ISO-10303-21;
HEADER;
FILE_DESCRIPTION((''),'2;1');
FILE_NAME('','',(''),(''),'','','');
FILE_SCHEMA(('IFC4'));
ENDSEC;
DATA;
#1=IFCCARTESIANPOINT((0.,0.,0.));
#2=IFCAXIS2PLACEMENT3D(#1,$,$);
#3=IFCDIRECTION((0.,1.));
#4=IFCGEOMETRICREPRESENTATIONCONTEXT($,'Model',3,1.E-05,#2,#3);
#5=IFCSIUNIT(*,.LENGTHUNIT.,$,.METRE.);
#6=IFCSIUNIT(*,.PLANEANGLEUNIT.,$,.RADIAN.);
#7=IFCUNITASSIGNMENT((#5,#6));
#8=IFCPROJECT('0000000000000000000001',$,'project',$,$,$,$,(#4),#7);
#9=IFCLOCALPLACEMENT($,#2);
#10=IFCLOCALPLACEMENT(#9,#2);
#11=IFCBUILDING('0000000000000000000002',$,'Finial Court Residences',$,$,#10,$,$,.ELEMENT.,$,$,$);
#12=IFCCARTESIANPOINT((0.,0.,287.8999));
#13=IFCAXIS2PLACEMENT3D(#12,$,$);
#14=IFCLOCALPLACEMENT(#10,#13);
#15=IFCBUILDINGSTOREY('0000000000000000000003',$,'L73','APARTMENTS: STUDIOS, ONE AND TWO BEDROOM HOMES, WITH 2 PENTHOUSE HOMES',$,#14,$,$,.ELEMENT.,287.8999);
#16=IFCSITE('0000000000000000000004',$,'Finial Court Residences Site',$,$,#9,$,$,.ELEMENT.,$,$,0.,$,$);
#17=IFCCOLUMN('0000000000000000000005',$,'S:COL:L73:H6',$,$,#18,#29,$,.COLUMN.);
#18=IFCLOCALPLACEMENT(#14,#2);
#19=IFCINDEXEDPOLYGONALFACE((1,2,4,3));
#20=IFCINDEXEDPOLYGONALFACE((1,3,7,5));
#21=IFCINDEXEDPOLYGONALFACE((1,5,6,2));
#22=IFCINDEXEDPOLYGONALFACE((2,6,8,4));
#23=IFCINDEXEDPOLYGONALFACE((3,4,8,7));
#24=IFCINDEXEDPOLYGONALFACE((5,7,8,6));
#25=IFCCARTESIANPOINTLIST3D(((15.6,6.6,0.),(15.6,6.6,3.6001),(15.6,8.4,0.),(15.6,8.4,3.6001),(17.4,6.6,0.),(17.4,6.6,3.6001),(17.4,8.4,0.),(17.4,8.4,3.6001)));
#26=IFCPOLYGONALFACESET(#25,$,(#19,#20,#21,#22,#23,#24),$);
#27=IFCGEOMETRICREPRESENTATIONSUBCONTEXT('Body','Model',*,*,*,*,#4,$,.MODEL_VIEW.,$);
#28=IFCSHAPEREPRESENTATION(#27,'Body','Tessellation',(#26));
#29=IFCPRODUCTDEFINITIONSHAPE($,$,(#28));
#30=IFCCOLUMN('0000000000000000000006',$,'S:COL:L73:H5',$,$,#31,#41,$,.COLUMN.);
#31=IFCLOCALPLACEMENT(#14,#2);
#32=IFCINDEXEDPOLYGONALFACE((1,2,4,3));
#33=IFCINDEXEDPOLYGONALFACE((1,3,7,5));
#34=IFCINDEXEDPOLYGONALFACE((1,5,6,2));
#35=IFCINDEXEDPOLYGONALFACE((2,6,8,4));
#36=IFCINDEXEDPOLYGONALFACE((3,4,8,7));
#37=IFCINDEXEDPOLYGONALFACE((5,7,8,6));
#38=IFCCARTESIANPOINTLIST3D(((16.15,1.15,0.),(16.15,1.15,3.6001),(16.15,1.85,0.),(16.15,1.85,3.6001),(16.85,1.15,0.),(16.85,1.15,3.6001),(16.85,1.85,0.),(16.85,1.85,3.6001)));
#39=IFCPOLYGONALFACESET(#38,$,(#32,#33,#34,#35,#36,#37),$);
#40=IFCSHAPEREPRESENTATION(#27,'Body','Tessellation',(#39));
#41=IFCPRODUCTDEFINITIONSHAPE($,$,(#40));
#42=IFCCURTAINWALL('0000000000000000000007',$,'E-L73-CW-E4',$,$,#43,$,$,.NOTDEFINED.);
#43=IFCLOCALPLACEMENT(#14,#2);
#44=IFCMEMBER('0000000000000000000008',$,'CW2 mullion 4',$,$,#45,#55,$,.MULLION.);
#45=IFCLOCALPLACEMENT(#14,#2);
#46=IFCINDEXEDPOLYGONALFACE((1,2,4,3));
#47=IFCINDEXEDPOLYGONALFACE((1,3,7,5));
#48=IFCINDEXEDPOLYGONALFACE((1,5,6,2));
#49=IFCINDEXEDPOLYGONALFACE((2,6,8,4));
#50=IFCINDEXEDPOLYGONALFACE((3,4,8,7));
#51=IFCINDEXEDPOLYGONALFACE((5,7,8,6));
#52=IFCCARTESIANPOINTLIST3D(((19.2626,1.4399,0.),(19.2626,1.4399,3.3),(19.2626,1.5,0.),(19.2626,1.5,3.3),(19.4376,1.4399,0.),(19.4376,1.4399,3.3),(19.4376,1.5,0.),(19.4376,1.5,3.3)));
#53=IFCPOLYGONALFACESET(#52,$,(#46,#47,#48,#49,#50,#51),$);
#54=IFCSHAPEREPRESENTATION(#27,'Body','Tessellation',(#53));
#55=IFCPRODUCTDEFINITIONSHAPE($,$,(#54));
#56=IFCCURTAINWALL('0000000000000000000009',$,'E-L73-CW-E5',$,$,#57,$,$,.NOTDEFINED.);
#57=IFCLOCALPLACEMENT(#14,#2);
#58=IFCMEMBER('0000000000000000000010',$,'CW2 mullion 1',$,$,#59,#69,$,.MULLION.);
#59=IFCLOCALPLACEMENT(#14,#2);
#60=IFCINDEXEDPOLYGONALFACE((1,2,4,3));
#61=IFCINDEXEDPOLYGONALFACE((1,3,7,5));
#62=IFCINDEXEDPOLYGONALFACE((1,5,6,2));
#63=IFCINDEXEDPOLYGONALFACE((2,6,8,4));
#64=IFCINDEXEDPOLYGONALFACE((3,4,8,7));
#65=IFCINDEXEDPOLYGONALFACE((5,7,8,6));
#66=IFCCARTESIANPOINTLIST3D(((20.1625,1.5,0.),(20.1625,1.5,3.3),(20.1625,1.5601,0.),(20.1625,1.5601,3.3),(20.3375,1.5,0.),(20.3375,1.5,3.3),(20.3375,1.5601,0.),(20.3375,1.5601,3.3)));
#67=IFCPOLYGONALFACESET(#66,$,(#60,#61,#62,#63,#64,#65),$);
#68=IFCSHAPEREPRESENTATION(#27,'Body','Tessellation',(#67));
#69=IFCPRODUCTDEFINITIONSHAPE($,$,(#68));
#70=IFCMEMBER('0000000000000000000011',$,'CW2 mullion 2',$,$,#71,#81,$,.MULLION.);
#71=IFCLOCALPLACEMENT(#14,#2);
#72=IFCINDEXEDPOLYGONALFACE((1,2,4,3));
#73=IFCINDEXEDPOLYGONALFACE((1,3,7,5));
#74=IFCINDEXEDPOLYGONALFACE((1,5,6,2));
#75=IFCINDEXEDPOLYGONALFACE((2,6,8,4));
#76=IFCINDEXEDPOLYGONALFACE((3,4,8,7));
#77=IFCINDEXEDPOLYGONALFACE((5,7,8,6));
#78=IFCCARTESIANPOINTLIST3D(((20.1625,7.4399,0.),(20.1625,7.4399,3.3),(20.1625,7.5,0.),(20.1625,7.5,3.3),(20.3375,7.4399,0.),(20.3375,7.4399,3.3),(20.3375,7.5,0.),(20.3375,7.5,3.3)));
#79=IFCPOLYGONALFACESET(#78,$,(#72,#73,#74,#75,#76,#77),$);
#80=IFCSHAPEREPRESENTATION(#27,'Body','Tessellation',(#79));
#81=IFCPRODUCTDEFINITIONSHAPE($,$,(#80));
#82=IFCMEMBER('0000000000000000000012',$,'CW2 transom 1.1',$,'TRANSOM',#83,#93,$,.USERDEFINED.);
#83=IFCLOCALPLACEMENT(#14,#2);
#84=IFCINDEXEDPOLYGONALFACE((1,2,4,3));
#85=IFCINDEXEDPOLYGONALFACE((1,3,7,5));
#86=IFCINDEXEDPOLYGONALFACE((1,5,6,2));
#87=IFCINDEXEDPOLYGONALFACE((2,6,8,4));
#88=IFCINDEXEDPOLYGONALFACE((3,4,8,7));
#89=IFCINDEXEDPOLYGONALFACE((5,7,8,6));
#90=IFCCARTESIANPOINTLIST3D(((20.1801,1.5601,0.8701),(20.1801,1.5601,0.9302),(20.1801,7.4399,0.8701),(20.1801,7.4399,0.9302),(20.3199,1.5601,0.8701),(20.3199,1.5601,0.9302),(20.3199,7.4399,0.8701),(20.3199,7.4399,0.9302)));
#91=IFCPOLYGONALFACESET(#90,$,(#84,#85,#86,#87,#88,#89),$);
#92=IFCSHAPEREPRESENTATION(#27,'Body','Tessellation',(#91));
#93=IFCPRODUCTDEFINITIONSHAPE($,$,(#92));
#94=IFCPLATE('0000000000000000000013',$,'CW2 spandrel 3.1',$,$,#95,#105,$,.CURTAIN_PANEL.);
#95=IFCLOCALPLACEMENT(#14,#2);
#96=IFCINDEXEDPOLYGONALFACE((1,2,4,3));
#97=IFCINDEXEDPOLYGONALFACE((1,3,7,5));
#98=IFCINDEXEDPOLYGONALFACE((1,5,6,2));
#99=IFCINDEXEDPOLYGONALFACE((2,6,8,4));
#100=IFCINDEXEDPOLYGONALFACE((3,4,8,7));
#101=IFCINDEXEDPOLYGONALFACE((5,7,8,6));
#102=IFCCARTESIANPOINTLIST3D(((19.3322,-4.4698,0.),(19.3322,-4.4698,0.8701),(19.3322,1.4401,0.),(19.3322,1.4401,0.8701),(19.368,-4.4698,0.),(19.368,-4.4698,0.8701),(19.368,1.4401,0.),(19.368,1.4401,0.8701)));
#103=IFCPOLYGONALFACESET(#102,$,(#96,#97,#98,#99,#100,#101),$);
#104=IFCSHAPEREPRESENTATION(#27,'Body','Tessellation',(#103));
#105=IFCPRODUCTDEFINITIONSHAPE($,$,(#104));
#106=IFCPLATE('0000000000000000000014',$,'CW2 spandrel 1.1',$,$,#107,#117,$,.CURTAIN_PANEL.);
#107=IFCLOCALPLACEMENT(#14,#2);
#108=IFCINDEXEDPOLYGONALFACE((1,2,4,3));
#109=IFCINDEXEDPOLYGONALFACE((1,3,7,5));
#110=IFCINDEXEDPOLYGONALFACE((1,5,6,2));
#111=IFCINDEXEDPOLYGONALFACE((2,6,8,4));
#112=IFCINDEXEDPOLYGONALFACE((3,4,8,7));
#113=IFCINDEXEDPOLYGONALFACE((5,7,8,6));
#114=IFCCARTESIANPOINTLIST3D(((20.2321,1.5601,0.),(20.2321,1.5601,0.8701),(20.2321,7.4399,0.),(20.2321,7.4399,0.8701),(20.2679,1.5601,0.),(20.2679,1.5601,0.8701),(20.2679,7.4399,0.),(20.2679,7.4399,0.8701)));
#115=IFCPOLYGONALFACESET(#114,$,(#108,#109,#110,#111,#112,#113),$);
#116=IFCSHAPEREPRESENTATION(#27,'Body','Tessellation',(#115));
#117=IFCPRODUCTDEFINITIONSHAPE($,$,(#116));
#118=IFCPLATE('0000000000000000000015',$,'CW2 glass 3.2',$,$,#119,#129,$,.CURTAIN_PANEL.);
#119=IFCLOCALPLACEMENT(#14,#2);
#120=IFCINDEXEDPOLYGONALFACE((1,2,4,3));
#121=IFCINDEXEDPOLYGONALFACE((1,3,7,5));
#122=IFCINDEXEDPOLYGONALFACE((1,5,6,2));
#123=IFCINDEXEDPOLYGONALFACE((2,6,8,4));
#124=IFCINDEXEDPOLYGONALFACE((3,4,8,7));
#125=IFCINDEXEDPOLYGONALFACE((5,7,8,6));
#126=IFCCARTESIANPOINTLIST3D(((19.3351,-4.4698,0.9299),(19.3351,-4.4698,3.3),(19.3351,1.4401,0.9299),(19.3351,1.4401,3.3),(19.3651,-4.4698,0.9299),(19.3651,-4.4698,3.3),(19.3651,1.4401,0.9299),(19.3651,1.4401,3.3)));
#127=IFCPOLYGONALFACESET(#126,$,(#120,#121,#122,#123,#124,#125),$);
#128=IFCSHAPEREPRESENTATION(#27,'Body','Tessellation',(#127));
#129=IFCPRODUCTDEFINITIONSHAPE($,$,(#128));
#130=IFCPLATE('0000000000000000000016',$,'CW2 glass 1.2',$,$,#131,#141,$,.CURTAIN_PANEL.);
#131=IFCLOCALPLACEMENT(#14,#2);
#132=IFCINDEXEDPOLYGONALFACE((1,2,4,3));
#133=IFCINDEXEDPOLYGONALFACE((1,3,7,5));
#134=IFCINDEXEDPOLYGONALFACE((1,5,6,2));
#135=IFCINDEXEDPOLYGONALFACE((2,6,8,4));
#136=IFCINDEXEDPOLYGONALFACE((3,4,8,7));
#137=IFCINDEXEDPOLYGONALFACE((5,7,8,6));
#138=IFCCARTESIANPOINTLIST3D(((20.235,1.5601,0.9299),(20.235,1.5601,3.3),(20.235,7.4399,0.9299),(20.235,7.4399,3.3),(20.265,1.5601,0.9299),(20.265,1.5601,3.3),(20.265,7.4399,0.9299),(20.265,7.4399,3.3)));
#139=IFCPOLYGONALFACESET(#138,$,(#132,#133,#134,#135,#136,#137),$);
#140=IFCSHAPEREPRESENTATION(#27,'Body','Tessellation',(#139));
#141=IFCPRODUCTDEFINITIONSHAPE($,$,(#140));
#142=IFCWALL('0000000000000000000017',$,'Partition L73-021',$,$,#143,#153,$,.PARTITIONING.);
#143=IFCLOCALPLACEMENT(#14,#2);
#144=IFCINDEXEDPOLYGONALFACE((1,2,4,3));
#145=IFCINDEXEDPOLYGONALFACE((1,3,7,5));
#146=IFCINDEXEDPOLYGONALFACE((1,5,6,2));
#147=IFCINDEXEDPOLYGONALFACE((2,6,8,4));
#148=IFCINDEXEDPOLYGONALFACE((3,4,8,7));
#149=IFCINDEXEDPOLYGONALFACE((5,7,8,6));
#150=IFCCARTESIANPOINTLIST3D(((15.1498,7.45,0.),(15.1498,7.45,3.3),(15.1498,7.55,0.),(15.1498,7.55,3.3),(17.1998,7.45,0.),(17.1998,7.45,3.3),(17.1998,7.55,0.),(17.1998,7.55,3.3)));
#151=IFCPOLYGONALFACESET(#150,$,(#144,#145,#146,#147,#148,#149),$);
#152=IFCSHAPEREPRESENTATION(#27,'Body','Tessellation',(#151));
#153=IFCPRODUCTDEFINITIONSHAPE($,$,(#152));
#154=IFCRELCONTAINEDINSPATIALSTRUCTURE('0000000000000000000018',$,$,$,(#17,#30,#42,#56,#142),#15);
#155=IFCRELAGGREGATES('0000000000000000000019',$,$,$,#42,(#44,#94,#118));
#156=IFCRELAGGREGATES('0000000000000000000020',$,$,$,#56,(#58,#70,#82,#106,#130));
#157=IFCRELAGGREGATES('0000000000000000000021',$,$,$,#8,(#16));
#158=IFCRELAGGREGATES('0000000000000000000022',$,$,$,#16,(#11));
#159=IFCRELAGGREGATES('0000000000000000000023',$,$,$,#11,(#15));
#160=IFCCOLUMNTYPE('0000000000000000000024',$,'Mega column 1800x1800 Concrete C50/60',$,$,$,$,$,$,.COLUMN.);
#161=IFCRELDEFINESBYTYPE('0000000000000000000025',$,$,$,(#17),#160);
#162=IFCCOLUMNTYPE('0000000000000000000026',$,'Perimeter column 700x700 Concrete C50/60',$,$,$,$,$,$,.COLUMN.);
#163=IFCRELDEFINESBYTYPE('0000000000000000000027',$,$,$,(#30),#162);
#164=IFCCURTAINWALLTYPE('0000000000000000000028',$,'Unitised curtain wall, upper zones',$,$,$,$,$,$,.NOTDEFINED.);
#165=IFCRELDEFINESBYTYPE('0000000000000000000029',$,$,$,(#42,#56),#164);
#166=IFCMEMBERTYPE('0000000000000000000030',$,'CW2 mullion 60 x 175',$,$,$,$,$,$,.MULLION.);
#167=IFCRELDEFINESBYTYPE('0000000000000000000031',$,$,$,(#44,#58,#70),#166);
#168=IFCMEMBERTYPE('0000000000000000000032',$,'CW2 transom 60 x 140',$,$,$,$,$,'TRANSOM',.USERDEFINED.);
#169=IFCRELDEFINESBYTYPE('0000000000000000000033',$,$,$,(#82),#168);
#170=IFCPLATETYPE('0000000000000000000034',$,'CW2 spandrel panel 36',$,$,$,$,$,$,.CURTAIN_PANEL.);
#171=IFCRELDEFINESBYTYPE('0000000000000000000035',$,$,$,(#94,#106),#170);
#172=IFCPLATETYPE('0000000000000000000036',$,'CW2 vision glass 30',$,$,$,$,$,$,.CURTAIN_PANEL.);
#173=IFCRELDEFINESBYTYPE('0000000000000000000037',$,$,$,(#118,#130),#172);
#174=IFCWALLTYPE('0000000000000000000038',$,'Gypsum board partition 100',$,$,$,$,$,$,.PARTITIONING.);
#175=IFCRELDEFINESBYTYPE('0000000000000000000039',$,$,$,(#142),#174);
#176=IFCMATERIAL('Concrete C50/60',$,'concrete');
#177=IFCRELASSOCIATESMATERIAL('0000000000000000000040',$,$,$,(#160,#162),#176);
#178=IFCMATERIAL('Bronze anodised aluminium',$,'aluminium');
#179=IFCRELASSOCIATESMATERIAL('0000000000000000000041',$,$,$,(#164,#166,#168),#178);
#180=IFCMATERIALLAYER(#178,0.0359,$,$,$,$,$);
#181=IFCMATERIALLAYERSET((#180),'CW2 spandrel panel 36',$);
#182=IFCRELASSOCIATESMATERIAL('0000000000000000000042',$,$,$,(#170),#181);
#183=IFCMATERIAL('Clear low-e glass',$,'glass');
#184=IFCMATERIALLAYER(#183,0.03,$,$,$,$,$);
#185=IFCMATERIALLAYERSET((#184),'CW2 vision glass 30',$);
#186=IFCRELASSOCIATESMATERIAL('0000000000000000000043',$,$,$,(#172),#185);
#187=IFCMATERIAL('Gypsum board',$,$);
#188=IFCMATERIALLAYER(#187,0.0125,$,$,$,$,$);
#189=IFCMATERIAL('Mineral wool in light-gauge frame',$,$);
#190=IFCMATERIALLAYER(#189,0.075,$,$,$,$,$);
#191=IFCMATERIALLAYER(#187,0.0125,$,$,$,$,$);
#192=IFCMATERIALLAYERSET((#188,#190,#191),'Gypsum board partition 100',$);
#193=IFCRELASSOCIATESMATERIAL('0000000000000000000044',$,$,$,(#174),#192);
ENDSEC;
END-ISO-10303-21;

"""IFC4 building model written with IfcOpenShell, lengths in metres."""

from ifc_helpers import new_model, si_unit, direction, frame, frame_2d, origin, origin_2d, place, context, subcontext, project, spatial, rectangle, extrude, material, layer, layer_set, material_profile, profile_set, type_object, element, aggregate, save


model = new_model("IFC4")

# Units and contexts
model_context = context("Model", 3, precision=1e-05, world=origin(), true_north=direction((0.0, 1.0)))
body_context = subcontext(model_context, "Body", "Model", "MODEL_VIEW")
ifc_project = project(units=[si_unit("LENGTHUNIT", "METRE"), si_unit("PLANEANGLEUNIT", "RADIAN")], contexts=[model_context])

# Site, building, storey
site_placement = place(None, origin())
site = spatial("IfcSite", under=ifc_project, at=site_placement, Name="Finial Court Residences Site", CompositionType="ELEMENT", RefElevation=0.0)
building_placement = place(site_placement, origin())
building = spatial("IfcBuilding", under=site, at=building_placement, Name="Finial Court Residences", CompositionType="ELEMENT")
storey_placement = place(building_placement, frame((0.0, 0.0, 287.8999)))
storey = spatial("IfcBuildingStorey", under=building, at=storey_placement, Name="L73", Description="APARTMENTS: STUDIOS, ONE AND TWO BEDROOM HOMES, WITH 2 PENTHOUSE HOMES", CompositionType="ELEMENT", Elevation=287.8999)

# Columns
ifc_material_1 = material(Name="Concrete C50/60", Category="concrete")
ifc_material_profile_1 = material_profile(ifc_material_1, rectangle(XDim=1.8, YDim=1.8, at=origin_2d()), Name="1800x1800")
ifc_profile_set_1 = profile_set([ifc_material_profile_1], Name="Concrete C50/60")
column_type_1 = type_object("IfcColumnType", Name="Mega column 1800x1800 Concrete C50/60", PredefinedType="COLUMN", material=ifc_profile_set_1)
column_1_placement = place(storey_placement, frame((16.5, 7.5, 0.0), z_axis=(0.0, 0.0, 1.0), x_axis=(1.0, 0.0, 0.0)))
element("IfcColumn", 1, at=column_1_placement, inside=storey, type_object=column_type_1, Name="S:COL:L73:H6", PredefinedType="COLUMN", context=body_context, shape_type="SweptSolid", body=[
    extrude(rectangle(XDim=1.8, YDim=1.8, at=origin_2d()), origin(), (0.0, 0.0, 1.0), 3.6001),
])
ifc_material_profile_2 = material_profile(ifc_material_1, rectangle(XDim=0.7, YDim=0.7, at=origin_2d()), Name="700x700")
ifc_profile_set_2 = profile_set([ifc_material_profile_2], Name="Concrete C50/60")
column_type_2 = type_object("IfcColumnType", Name="Perimeter column 700x700 Concrete C50/60", PredefinedType="COLUMN", material=ifc_profile_set_2)
column_2_placement = place(storey_placement, frame((16.5, 1.5, 0.0), z_axis=(0.0, 0.0, 1.0), x_axis=(1.0, 0.0, 0.0)))
element("IfcColumn", 2, at=column_2_placement, inside=storey, type_object=column_type_2, Name="S:COL:L73:H5", PredefinedType="COLUMN", context=body_context, shape_type="SweptSolid", body=[
    extrude(rectangle(XDim=0.7, YDim=0.7, at=origin_2d()), origin(), (0.0, 0.0, 1.0), 3.6001),
])

# Curtain wall, member
ifc_material_2 = material(Name="Bronze anodised aluminium", Category="aluminium")
curtain_wall_type = type_object("IfcCurtainWallType", Name="Unitised curtain wall, upper zones", PredefinedType="NOTDEFINED", material=ifc_material_2)
curtain_wall_1_placement = place(storey_placement, origin())
curtain_wall_1 = element("IfcCurtainWall", 3, at=curtain_wall_1_placement, inside=storey, type_object=curtain_wall_type, Name="E-L73-CW-E4", PredefinedType="NOTDEFINED")
ifc_material_profile_3 = material_profile(ifc_material_2, rectangle(XDim=0.175, YDim=0.0601, at=origin_2d()), Name="CW2 mullion 60 x 175")
ifc_profile_set_3 = profile_set([ifc_material_profile_3], Name="Bronze anodised aluminium")
member_type_1 = type_object("IfcMemberType", Name="CW2 mullion 60 x 175", PredefinedType="MULLION", material=ifc_profile_set_3)
member_1_placement = place(storey_placement, frame((19.3501, 1.47, 0.0), z_axis=(0.0, 0.0, 1.0), x_axis=(-1.0, 0.0, 0.0)))
member_1 = element("IfcMember", 4, at=member_1_placement, type_object=member_type_1, Name="CW2 mullion 4", PredefinedType="MULLION", context=body_context, shape_type="SweptSolid", body=[
    extrude(rectangle(XDim=0.175, YDim=0.0601, at=origin_2d()), origin(), (0.0, 0.0, 1.0), 3.3),
])

# Curtain wall, members
curtain_wall_2_placement = place(storey_placement, origin())
curtain_wall_2 = element("IfcCurtainWall", 5, at=curtain_wall_2_placement, inside=storey, type_object=curtain_wall_type, Name="E-L73-CW-E5", PredefinedType="NOTDEFINED")
member_2_placement = place(storey_placement, frame((20.25, 1.53, 0.0), z_axis=(0.0, 0.0, 1.0), x_axis=(-1.0, 0.0, 0.0)))
member_2 = element("IfcMember", 6, at=member_2_placement, type_object=member_type_1, Name="CW2 mullion 1", PredefinedType="MULLION", context=body_context, shape_type="SweptSolid", body=[
    extrude(rectangle(XDim=0.175, YDim=0.0601, at=origin_2d()), origin(), (0.0, 0.0, 1.0), 3.3),
])
member_3_placement = place(storey_placement, frame((20.25, 7.47, 0.0), z_axis=(0.0, 0.0, 1.0), x_axis=(-1.0, 0.0, 0.0)))
member_3 = element("IfcMember", 7, at=member_3_placement, type_object=member_type_1, Name="CW2 mullion 2", PredefinedType="MULLION", context=body_context, shape_type="SweptSolid", body=[
    extrude(rectangle(XDim=0.175, YDim=0.0601, at=origin_2d()), origin(), (0.0, 0.0, 1.0), 3.3),
])
ifc_material_profile_4 = material_profile(ifc_material_2, rectangle(XDim=0.1399, YDim=0.0601, at=origin_2d()), Name="CW2 transom 60 x 140")
ifc_profile_set_4 = profile_set([ifc_material_profile_4], Name="Bronze anodised aluminium")
member_type_2 = type_object("IfcMemberType", Name="CW2 transom 60 x 140", ElementType="TRANSOM", PredefinedType="USERDEFINED", material=ifc_profile_set_4)
member_4_placement = place(storey_placement, frame((20.25, 1.5601, 0.9001), z_axis=(0.0, 1.0, 0.0), x_axis=(-1.0, 0.0, 0.0)))
member_4 = element("IfcMember", 8, at=member_4_placement, type_object=member_type_2, Name="CW2 transom 1.1", ObjectType="TRANSOM", PredefinedType="USERDEFINED", context=body_context, shape_type="SweptSolid", body=[
    extrude(rectangle(XDim=0.1399, YDim=0.0601, at=origin_2d()), origin(), (0.0, 0.0, 1.0), 5.8799),
])

# Plates
ifc_layer_1 = layer(ifc_material_2, 0.0359)
ifc_layer_set_1 = layer_set([ifc_layer_1], Name="CW2 spandrel panel 36")
plate_type_1 = type_object("IfcPlateType", Name="CW2 spandrel panel 36", PredefinedType="CURTAIN_PANEL", material=ifc_layer_set_1)
plate_1_placement = place(storey_placement, frame((19.3501, -1.5149, 0.0), z_axis=(0.0, 0.0, 1.0), x_axis=(0.0, 1.0, 0.0)))
plate_1 = element("IfcPlate", 9, at=plate_1_placement, type_object=plate_type_1, Name="CW2 spandrel 3.1", PredefinedType="CURTAIN_PANEL", context=body_context, shape_type="SweptSolid", body=[
    extrude(rectangle(XDim=5.9099, YDim=0.0359, at=origin_2d()), origin(), (0.0, 0.0, 1.0), 0.8701),
])
plate_2_placement = place(storey_placement, frame((20.25, 4.5, 0.0), z_axis=(0.0, 0.0, 1.0), x_axis=(0.0, 1.0, 0.0)))
plate_2 = element("IfcPlate", 10, at=plate_2_placement, type_object=plate_type_1, Name="CW2 spandrel 1.1", PredefinedType="CURTAIN_PANEL", context=body_context, shape_type="SweptSolid", body=[
    extrude(rectangle(XDim=5.8799, YDim=0.0359, at=origin_2d()), origin(), (0.0, 0.0, 1.0), 0.8701),
])
ifc_material_3 = material(Name="Clear low-e glass", Category="glass")
ifc_layer_2 = layer(ifc_material_3, 0.03)
ifc_layer_set_2 = layer_set([ifc_layer_2], Name="CW2 vision glass 30")
plate_type_2 = type_object("IfcPlateType", Name="CW2 vision glass 30", PredefinedType="CURTAIN_PANEL", material=ifc_layer_set_2)
plate_3_placement = place(storey_placement, frame((19.3501, -1.5149, 0.9299), z_axis=(0.0, 0.0, 1.0), x_axis=(0.0, 1.0, 0.0)))
plate_3 = element("IfcPlate", 11, at=plate_3_placement, type_object=plate_type_2, Name="CW2 glass 3.2", PredefinedType="CURTAIN_PANEL", context=body_context, shape_type="SweptSolid", body=[
    extrude(rectangle(XDim=5.9099, YDim=0.03, at=origin_2d()), origin(), (0.0, 0.0, 1.0), 2.3701),
])
aggregate(curtain_wall_1, [member_1, plate_1, plate_3])
plate_4_placement = place(storey_placement, frame((20.25, 4.5, 0.9299), z_axis=(0.0, 0.0, 1.0), x_axis=(0.0, 1.0, 0.0)))
plate_4 = element("IfcPlate", 12, at=plate_4_placement, type_object=plate_type_2, Name="CW2 glass 1.2", PredefinedType="CURTAIN_PANEL", context=body_context, shape_type="SweptSolid", body=[
    extrude(rectangle(XDim=5.8799, YDim=0.03, at=origin_2d()), origin(), (0.0, 0.0, 1.0), 2.3701),
])
aggregate(curtain_wall_2, [member_2, member_3, member_4, plate_2, plate_4])

# Wall
ifc_material_4 = material(Name="Gypsum board")
ifc_layer_3 = layer(ifc_material_4, 0.0125)
ifc_material_5 = material(Name="Mineral wool in light-gauge frame")
ifc_layer_4 = layer(ifc_material_5, 0.075)
ifc_layer_5 = layer(ifc_material_4, 0.0125)
ifc_layer_set_3 = layer_set([ifc_layer_3, ifc_layer_4, ifc_layer_5], Name="Gypsum board partition 100")
wall_type_1 = type_object("IfcWallType", Name="Gypsum board partition 100", PredefinedType="PARTITIONING", material=ifc_layer_set_3)
wall_1_placement = place(storey_placement, frame((15.1499, 7.5, 0.0), z_axis=(0.0, 0.0, 1.0), x_axis=(1.0, 0.0, 0.0)))
element("IfcWall", 13, at=wall_1_placement, inside=storey, type_object=wall_type_1, Name="Partition L73-021", PredefinedType="PARTITIONING", context=body_context, shape_type="SweptSolid", body=[
    extrude(rectangle(XDim=2.05, YDim=0.1001, at=frame_2d((1.0249, 0.0))), origin(), (0.0, 0.0, 1.0), 3.3),
])

save(model, "model.ifc")
